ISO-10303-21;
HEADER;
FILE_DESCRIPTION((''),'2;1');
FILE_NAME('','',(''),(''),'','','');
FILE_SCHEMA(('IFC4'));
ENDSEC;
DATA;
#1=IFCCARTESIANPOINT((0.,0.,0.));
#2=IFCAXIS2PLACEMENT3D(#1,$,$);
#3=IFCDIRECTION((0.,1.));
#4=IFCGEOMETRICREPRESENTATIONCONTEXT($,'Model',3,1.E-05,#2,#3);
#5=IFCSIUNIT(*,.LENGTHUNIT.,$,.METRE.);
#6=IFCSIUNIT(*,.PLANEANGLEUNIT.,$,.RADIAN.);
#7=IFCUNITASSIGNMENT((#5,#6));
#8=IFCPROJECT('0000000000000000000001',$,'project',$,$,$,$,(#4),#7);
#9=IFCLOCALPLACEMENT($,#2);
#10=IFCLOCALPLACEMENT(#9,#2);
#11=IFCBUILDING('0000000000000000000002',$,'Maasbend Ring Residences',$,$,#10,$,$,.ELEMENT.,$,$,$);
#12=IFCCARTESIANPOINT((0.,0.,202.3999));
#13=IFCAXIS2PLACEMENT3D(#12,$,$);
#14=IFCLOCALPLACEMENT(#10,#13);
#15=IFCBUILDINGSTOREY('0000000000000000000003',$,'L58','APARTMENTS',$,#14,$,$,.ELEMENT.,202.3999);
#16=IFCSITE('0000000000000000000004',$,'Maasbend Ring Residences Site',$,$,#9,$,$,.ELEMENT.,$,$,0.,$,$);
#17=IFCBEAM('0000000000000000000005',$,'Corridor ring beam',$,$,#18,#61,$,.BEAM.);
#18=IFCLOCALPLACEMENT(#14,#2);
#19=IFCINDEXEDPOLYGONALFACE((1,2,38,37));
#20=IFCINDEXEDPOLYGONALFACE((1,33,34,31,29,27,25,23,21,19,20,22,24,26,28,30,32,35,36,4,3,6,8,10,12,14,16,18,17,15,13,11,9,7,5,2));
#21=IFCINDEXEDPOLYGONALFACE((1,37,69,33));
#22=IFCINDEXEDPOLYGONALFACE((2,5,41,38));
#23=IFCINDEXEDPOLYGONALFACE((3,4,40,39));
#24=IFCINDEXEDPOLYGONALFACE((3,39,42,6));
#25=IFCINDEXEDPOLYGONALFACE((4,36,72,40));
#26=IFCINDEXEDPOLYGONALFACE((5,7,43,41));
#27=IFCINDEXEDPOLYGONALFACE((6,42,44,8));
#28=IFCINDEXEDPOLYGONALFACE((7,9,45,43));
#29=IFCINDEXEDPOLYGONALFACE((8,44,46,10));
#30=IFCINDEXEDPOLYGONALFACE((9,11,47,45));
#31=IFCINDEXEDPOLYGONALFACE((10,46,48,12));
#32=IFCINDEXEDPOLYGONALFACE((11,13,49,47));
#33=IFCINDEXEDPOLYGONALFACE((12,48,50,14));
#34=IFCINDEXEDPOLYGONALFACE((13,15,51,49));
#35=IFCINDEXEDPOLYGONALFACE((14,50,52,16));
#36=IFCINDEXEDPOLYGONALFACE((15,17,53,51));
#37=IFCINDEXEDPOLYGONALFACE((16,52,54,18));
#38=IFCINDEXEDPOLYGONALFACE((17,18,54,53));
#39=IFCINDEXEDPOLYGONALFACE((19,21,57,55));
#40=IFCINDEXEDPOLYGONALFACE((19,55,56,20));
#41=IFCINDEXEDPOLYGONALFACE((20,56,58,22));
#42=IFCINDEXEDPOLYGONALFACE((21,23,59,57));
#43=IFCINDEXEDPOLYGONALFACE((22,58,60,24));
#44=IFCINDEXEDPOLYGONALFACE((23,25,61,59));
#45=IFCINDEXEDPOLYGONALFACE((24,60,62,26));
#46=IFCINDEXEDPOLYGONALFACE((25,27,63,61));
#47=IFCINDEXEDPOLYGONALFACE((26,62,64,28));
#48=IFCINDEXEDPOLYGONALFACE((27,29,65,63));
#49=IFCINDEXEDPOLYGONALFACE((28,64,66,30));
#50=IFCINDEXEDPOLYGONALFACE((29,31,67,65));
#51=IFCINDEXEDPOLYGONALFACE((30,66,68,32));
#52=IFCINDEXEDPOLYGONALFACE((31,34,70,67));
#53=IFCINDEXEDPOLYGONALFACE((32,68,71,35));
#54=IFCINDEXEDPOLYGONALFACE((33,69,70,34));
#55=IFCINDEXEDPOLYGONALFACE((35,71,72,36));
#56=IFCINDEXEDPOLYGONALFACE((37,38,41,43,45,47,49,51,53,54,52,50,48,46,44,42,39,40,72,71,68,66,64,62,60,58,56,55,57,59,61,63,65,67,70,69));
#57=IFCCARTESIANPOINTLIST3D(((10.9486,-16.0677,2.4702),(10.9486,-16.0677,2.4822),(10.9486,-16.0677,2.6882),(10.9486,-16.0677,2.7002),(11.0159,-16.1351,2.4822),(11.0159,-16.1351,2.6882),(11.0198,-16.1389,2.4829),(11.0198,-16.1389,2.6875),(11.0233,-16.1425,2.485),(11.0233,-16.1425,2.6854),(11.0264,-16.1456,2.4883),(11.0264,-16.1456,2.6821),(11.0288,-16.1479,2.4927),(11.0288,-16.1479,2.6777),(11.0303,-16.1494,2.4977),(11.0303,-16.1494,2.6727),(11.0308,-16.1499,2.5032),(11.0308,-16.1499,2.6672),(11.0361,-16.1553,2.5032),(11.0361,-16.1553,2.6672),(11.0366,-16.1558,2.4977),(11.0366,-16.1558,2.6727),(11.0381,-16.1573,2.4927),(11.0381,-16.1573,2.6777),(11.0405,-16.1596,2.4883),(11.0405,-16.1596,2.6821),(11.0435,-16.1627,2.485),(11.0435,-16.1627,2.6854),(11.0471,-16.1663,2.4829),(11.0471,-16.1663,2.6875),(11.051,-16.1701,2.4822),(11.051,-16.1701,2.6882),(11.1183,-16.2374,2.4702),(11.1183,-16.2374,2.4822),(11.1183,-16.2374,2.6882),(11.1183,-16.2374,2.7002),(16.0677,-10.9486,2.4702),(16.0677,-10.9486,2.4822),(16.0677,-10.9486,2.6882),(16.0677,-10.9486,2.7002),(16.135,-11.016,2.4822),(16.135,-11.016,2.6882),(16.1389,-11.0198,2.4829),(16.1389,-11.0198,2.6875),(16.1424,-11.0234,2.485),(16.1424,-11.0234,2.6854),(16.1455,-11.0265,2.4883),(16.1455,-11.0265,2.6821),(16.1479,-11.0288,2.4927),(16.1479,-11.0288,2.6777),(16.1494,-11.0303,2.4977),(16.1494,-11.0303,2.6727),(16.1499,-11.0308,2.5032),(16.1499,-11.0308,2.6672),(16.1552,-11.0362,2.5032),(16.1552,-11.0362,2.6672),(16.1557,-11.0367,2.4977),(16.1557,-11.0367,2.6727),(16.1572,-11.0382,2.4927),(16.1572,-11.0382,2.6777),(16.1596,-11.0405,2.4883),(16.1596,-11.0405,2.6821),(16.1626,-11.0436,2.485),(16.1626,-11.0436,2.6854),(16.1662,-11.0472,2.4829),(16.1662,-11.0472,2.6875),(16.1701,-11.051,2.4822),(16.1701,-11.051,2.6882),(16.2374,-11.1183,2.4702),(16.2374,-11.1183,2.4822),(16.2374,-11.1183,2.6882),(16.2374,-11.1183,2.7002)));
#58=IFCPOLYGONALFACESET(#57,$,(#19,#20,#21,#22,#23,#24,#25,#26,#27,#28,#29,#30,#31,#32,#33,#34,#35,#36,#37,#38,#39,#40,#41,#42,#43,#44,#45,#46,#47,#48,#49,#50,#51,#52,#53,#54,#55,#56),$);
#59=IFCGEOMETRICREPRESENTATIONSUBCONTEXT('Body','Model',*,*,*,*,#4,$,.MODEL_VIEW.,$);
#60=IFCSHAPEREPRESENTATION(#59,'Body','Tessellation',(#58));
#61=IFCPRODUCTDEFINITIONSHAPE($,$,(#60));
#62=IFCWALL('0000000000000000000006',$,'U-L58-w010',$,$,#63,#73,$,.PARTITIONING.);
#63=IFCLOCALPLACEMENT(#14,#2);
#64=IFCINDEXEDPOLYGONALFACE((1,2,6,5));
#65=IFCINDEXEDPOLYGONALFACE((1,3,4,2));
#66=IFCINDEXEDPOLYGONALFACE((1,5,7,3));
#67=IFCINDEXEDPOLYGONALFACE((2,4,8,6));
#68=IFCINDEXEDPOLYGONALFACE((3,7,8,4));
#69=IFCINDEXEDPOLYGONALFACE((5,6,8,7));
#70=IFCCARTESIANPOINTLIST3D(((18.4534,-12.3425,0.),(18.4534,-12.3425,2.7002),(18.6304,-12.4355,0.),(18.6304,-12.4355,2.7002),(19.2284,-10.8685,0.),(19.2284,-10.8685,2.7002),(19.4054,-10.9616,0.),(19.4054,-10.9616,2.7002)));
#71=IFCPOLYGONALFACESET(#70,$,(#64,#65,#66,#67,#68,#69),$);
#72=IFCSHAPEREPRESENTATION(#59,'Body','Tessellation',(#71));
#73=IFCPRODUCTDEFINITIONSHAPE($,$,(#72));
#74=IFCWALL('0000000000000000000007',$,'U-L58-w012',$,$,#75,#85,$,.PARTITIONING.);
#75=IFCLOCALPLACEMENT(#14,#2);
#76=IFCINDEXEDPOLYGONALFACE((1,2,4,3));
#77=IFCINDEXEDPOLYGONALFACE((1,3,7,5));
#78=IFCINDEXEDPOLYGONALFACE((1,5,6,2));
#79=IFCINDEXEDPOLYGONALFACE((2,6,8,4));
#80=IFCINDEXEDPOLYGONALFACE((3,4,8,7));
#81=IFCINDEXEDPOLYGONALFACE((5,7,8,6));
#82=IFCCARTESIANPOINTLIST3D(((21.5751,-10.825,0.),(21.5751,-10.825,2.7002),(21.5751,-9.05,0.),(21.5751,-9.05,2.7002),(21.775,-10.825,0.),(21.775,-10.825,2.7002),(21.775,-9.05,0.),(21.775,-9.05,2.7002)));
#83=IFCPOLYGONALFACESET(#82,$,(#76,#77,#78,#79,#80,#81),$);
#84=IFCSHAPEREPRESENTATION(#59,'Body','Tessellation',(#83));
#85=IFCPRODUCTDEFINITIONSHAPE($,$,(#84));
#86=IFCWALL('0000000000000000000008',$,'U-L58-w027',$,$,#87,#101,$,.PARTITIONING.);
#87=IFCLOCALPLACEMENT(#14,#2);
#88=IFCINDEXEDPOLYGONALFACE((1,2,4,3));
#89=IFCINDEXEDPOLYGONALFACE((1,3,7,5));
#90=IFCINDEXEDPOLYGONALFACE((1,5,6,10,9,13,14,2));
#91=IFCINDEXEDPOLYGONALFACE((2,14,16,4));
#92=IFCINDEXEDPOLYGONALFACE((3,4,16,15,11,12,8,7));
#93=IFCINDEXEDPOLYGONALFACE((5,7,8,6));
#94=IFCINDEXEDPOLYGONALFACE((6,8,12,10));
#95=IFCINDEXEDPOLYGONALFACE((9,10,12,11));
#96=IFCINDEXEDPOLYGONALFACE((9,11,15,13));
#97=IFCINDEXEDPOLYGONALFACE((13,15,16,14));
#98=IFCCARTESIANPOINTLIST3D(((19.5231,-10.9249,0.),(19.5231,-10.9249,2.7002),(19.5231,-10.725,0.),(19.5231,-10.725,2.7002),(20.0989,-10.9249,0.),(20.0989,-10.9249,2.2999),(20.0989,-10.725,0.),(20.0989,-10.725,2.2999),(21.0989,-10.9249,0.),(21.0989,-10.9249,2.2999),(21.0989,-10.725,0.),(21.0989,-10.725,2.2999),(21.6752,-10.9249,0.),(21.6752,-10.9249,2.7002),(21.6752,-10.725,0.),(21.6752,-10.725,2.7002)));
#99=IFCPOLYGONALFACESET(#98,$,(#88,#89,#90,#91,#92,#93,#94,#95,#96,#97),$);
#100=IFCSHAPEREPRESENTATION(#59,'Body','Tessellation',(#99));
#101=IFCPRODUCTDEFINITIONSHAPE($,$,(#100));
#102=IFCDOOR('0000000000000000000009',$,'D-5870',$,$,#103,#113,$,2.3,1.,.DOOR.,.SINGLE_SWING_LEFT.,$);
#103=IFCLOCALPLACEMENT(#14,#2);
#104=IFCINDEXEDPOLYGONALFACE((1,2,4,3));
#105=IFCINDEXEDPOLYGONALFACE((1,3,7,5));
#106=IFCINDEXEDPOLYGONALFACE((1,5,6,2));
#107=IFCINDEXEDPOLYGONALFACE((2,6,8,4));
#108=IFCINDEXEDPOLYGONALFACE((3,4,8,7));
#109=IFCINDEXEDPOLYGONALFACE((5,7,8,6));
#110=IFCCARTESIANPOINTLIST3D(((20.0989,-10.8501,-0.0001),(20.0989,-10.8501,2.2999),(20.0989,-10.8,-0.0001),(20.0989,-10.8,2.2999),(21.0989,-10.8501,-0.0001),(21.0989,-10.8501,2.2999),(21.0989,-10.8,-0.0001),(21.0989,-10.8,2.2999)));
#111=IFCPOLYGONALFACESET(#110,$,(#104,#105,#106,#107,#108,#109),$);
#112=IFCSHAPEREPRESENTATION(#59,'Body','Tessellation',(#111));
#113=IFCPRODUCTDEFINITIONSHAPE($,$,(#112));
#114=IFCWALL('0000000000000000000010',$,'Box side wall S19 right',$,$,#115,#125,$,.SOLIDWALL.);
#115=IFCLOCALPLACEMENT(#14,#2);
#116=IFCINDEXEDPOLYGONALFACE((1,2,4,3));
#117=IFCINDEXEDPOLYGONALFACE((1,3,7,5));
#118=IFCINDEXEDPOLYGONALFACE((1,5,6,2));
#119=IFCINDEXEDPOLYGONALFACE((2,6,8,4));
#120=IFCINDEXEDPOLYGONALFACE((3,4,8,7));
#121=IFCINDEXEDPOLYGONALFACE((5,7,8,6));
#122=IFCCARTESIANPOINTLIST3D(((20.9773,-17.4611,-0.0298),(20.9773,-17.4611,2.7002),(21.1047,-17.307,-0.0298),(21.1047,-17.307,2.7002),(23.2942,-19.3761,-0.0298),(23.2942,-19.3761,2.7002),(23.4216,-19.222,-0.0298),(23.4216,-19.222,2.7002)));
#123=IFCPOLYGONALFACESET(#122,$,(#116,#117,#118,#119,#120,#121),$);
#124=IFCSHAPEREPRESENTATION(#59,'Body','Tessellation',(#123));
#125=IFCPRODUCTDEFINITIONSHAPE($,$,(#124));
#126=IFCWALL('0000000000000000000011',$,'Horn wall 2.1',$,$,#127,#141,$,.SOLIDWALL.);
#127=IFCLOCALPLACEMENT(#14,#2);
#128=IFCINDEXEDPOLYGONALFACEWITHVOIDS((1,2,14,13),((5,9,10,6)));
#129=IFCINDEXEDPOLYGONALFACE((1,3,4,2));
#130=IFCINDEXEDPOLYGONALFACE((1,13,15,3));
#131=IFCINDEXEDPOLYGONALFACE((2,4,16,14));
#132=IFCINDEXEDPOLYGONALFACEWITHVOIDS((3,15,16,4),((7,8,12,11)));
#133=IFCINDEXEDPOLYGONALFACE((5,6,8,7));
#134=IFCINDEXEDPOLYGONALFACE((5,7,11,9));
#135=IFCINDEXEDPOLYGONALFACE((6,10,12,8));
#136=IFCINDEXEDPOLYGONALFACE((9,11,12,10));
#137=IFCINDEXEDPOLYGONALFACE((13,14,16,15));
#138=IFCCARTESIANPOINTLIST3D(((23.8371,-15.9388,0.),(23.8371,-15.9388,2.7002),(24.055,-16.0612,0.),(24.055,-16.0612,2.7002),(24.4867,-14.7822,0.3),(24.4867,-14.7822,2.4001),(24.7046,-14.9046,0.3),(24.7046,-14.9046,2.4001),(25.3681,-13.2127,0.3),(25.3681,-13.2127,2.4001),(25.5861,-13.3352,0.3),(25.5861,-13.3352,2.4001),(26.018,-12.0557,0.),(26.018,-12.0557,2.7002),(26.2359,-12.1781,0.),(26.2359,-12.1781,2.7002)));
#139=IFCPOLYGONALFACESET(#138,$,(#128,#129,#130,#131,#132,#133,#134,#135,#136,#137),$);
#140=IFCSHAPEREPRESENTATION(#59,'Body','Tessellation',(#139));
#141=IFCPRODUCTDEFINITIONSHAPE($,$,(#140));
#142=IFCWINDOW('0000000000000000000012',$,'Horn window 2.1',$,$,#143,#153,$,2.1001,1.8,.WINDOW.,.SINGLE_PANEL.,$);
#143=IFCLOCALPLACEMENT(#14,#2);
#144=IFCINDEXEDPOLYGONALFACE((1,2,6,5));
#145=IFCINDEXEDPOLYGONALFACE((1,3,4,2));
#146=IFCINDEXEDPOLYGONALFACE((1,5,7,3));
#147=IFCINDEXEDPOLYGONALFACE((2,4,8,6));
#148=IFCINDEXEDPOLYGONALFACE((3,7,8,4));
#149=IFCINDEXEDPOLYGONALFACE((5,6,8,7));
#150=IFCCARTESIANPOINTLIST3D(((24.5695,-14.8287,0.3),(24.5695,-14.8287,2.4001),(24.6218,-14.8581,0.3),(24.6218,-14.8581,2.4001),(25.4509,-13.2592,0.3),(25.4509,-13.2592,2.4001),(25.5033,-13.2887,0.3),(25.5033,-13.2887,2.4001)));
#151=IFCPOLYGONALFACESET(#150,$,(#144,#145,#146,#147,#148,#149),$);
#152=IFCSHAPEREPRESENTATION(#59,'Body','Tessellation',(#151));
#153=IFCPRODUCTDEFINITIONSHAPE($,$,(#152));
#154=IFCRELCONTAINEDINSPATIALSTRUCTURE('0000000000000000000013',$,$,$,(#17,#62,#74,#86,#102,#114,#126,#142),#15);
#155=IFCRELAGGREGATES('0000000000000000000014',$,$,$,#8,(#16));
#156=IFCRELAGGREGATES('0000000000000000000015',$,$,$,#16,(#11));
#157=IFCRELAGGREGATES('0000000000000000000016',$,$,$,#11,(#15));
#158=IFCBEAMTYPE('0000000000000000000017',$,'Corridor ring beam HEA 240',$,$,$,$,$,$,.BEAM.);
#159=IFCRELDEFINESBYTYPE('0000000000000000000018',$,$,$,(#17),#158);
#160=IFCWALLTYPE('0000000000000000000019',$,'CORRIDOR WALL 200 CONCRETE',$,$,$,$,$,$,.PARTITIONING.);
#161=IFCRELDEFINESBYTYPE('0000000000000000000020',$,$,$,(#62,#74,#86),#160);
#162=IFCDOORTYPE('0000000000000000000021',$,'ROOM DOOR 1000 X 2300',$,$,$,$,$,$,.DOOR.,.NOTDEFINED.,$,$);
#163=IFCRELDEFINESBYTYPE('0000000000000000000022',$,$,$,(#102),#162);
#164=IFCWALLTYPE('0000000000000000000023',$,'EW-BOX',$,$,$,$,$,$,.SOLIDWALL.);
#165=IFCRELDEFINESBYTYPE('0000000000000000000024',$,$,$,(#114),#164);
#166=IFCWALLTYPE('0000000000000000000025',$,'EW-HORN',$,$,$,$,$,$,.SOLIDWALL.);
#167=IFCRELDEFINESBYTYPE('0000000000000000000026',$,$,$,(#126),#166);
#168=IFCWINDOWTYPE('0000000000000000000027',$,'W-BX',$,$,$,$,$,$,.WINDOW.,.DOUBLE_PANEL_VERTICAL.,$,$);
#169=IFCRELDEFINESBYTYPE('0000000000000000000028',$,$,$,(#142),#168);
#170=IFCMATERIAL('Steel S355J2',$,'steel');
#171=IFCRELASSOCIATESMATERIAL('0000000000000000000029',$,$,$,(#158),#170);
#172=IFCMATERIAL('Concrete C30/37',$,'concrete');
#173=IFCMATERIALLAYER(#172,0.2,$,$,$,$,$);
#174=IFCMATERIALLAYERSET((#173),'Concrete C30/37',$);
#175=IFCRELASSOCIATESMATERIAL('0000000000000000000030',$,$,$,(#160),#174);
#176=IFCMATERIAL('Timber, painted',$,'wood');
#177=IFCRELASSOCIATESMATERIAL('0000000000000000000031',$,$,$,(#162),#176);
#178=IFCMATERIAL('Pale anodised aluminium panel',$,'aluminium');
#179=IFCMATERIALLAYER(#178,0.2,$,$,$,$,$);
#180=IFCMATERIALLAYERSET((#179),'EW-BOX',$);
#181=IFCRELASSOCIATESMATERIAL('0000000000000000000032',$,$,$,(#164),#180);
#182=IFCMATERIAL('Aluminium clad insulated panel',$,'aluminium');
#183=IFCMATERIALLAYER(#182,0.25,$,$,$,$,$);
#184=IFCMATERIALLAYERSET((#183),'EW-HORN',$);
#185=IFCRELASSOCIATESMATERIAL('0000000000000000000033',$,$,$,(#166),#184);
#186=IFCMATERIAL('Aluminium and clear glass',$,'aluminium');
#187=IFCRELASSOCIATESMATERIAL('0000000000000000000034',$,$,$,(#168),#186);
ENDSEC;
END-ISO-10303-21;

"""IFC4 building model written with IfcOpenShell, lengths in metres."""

from ifc_helpers import new_model, si_unit, direction, frame, frame_2d, origin, origin_2d, place, context, subcontext, project, spatial, rectangle, i_section, extrude, material, layer, layer_set, material_profile, profile_set, type_object, element, fill, save


model = new_model("IFC4")

# Units and contexts
model_context = context("Model", 3, precision=1e-05, world=origin(), true_north=direction((0.0, 1.0)))
body_context = subcontext(model_context, "Body", "Model", "MODEL_VIEW")
ifc_project = project(units=[si_unit("LENGTHUNIT", "METRE"), si_unit("PLANEANGLEUNIT", "RADIAN")], contexts=[model_context])

# Site, building, storey
site_placement = place(None, origin())
site = spatial("IfcSite", under=ifc_project, at=site_placement, Name="Maasbend Ring Residences Site", CompositionType="ELEMENT", RefElevation=0.0)
building_placement = place(site_placement, origin())
building = spatial("IfcBuilding", under=site, at=building_placement, Name="Maasbend Ring Residences", CompositionType="ELEMENT")
storey_placement = place(building_placement, frame((0.0, 0.0, 202.3999)))
storey = spatial("IfcBuildingStorey", under=building, at=storey_placement, Name="L58", Description="APARTMENTS", CompositionType="ELEMENT", Elevation=202.3999)

# Beam
ifc_material_1 = material(Name="Steel S355J2", Category="steel")
ifc_material_profile_1 = material_profile(ifc_material_1, i_section(OverallWidth=0.24, OverallDepth=0.23, WebThickness=0.0076, FlangeThickness=0.012, FilletRadius=0.021, at=origin_2d()), Name="HEA 240")
ifc_profile_set_1 = profile_set([ifc_material_profile_1], Name="Steel S355J2")
beam_type = type_object("IfcBeamType", Name="Corridor ring beam HEA 240", PredefinedType="BEAM", material=ifc_profile_set_1)
beam_placement = place(storey_placement, frame((11.0334, -16.1526, 2.5852), z_axis=(0.707107, 0.707107, 0.0), x_axis=(-0.707107, 0.707107, 0.0)))
element("IfcBeam", 1, at=beam_placement, inside=storey, type_object=beam_type, Name="Corridor ring beam", PredefinedType="BEAM", context=body_context, shape_type="SweptSolid", body=[
    extrude(i_section(OverallWidth=0.24, OverallDepth=0.23, WebThickness=0.0076, FlangeThickness=0.012, FilletRadius=0.021, at=origin_2d()), origin(), (0.0, 0.0, 1.0), 7.2395),
])

# Walls
ifc_material_2 = material(Name="Concrete C30/37", Category="concrete")
ifc_layer_1 = layer(ifc_material_2, 0.2)
ifc_layer_set_1 = layer_set([ifc_layer_1], Name="Concrete C30/37")
wall_type_1 = type_object("IfcWallType", Name="CORRIDOR WALL 200 CONCRETE", PredefinedType="PARTITIONING", material=ifc_layer_set_1)
wall_1_placement = place(storey_placement, frame((18.542, -12.3889, 0.0), z_axis=(0.0, 0.0, 1.0), x_axis=(0.46536, 0.885122, 0.0)))
element("IfcWall", 2, at=wall_1_placement, inside=storey, type_object=wall_type_1, Name="U-L58-w010", PredefinedType="PARTITIONING", context=body_context, shape_type="SweptSolid", body=[
    extrude(rectangle(XDim=1.6653, YDim=0.2, at=frame_2d((0.8325, 0.0))), origin(), (0.0, 0.0, 1.0), 2.7002),
])
wall_2_placement = place(storey_placement, frame((21.675, -10.825, 0.0), z_axis=(0.0, 0.0, 1.0), x_axis=(0.0, 1.0, 0.0)))
element("IfcWall", 3, at=wall_2_placement, inside=storey, type_object=wall_type_1, Name="U-L58-w012", PredefinedType="PARTITIONING", context=body_context, shape_type="SweptSolid", body=[
    extrude(rectangle(XDim=1.7749, YDim=0.2, at=frame_2d((0.8875, 0.0))), origin(), (0.0, 0.0, 1.0), 2.7002),
])

# Wall, opening, door
wall_3_placement = place(storey_placement, frame((19.5229, -10.825, 0.0), z_axis=(0.0, 0.0, 1.0), x_axis=(1.0, 0.0, 0.0)))
wall_3 = element("IfcWall", 4, at=wall_3_placement, inside=storey, type_object=wall_type_1, Name="U-L58-w027", PredefinedType="PARTITIONING", context=body_context, shape_type="SweptSolid", body=[
    extrude(rectangle(XDim=2.1521, YDim=0.2, at=frame_2d((1.0762, 0.0))), origin(), (0.0, 0.0, 1.0), 2.7002),
])
opening_1_placement = place(wall_3_placement, frame((0.5759, 0.0, 0.0)))
opening_1 = element("IfcOpeningElement", 5, at=opening_1_placement, cuts=wall_3, PredefinedType="OPENING", context=body_context, shape_type="SweptSolid", body=[
    extrude(rectangle(XDim=1.0, YDim=2.3, at=frame_2d((0.5, 1.1499))), frame((0.0, 0.1099, 0.0), z_axis=(0.0, -1.0, 0.0), x_axis=(1.0, 0.0, 0.0)), (0.0, 0.0, 1.0), 0.22),
])
ifc_material_3 = material(Name="Timber, painted", Category="wood")
door_type_1 = type_object("IfcDoorType", Name="ROOM DOOR 1000 X 2300", OperationType="NOTDEFINED", PredefinedType="DOOR", material=ifc_material_3)
door_1_placement = place(opening_1_placement, origin())
door_1 = element("IfcDoor", 6, at=door_1_placement, inside=storey, type_object=door_type_1, Name="D-5870", OperationType="SINGLE_SWING_LEFT", OverallHeight=2.3, OverallWidth=1.0, PredefinedType="DOOR", context=body_context, shape_type="SweptSolid", body=[
    extrude(rectangle(XDim=1.0, YDim=2.3, at=frame_2d((0.5, 1.1499))), frame((0.0, 0.0249, 0.0), z_axis=(0.0, -1.0, 0.0), x_axis=(1.0, 0.0, 0.0)), (0.0, 0.0, 1.0), 0.05),
])
fill(opening_1, door_1)

# Wall
ifc_material_4 = material(Name="Pale anodised aluminium panel", Category="aluminium")
ifc_layer_2 = layer(ifc_material_4, 0.2)
ifc_layer_set_2 = layer_set([ifc_layer_2], Name="EW-BOX")
wall_type_2 = type_object("IfcWallType", Name="EW-BOX", PredefinedType="SOLIDWALL", material=ifc_layer_set_2)
wall_4_placement = place(storey_placement, frame((21.041, -17.384, -0.0298), z_axis=(0.0, 0.0, 1.0), x_axis=(0.770785, -0.637096, 0.0)))
element("IfcWall", 7, at=wall_4_placement, inside=storey, type_object=wall_type_2, Name="Box side wall S19 right", PredefinedType="SOLIDWALL", context=body_context, shape_type="SweptSolid", body=[
    extrude(rectangle(XDim=3.0059, YDim=0.2, at=frame_2d((1.5029, 0.0))), origin(), (0.0, 0.0, 1.0), 2.73),
])

# Wall, opening, window
ifc_material_5 = material(Name="Aluminium clad insulated panel", Category="aluminium")
ifc_layer_3 = layer(ifc_material_5, 0.25)
ifc_layer_set_3 = layer_set([ifc_layer_3], Name="EW-HORN")
wall_type_3 = type_object("IfcWallType", Name="EW-HORN", PredefinedType="SOLIDWALL", material=ifc_layer_set_3)
wall_5_placement = place(storey_placement, frame((23.946, -16.0, 0.0), z_axis=(0.0, 0.0, 1.0), x_axis=(0.489696, 0.871893, 0.0)))
wall_5 = element("IfcWall", 8, at=wall_5_placement, inside=storey, type_object=wall_type_3, Name="Horn wall 2.1", PredefinedType="SOLIDWALL", context=body_context, shape_type="SweptSolid", body=[
    extrude(rectangle(XDim=4.4536, YDim=0.25, at=frame_2d((2.2268, 0.0))), origin(), (0.0, 0.0, 1.0), 2.7002),
])
opening_2_placement = place(wall_5_placement, frame((1.3267, 0.0, 0.3)))
opening_2 = element("IfcOpeningElement", 9, at=opening_2_placement, cuts=wall_5, PredefinedType="OPENING", context=body_context, shape_type="SweptSolid", body=[
    extrude(rectangle(XDim=1.8, YDim=2.1001, at=frame_2d((0.8999, 1.05))), frame((0.0, 0.135, 0.0), z_axis=(0.0, -1.0, 0.0), x_axis=(1.0, 0.0, 0.0)), (0.0, 0.0, 1.0), 0.27),
])
ifc_material_6 = material(Name="Aluminium and clear glass", Category="aluminium")
window_type = type_object("IfcWindowType", Name="W-BX", PartitioningType="DOUBLE_PANEL_VERTICAL", PredefinedType="WINDOW", material=ifc_material_6)
window_1_placement = place(opening_2_placement, origin())
window_1 = element("IfcWindow", 10, at=window_1_placement, inside=storey, type_object=window_type, Name="Horn window 2.1", OverallHeight=2.1001, OverallWidth=1.8, PartitioningType="SINGLE_PANEL", PredefinedType="WINDOW", context=body_context, shape_type="SweptSolid", body=[
    extrude(rectangle(XDim=1.8, YDim=2.1001, at=frame_2d((0.8999, 1.05))), frame((0.0, 0.03, 0.0), z_axis=(0.0, -1.0, 0.0), x_axis=(1.0, 0.0, 0.0)), (0.0, 0.0, 1.0), 0.0601),
])
fill(opening_2, window_1)

save(model, "model.ifc")
